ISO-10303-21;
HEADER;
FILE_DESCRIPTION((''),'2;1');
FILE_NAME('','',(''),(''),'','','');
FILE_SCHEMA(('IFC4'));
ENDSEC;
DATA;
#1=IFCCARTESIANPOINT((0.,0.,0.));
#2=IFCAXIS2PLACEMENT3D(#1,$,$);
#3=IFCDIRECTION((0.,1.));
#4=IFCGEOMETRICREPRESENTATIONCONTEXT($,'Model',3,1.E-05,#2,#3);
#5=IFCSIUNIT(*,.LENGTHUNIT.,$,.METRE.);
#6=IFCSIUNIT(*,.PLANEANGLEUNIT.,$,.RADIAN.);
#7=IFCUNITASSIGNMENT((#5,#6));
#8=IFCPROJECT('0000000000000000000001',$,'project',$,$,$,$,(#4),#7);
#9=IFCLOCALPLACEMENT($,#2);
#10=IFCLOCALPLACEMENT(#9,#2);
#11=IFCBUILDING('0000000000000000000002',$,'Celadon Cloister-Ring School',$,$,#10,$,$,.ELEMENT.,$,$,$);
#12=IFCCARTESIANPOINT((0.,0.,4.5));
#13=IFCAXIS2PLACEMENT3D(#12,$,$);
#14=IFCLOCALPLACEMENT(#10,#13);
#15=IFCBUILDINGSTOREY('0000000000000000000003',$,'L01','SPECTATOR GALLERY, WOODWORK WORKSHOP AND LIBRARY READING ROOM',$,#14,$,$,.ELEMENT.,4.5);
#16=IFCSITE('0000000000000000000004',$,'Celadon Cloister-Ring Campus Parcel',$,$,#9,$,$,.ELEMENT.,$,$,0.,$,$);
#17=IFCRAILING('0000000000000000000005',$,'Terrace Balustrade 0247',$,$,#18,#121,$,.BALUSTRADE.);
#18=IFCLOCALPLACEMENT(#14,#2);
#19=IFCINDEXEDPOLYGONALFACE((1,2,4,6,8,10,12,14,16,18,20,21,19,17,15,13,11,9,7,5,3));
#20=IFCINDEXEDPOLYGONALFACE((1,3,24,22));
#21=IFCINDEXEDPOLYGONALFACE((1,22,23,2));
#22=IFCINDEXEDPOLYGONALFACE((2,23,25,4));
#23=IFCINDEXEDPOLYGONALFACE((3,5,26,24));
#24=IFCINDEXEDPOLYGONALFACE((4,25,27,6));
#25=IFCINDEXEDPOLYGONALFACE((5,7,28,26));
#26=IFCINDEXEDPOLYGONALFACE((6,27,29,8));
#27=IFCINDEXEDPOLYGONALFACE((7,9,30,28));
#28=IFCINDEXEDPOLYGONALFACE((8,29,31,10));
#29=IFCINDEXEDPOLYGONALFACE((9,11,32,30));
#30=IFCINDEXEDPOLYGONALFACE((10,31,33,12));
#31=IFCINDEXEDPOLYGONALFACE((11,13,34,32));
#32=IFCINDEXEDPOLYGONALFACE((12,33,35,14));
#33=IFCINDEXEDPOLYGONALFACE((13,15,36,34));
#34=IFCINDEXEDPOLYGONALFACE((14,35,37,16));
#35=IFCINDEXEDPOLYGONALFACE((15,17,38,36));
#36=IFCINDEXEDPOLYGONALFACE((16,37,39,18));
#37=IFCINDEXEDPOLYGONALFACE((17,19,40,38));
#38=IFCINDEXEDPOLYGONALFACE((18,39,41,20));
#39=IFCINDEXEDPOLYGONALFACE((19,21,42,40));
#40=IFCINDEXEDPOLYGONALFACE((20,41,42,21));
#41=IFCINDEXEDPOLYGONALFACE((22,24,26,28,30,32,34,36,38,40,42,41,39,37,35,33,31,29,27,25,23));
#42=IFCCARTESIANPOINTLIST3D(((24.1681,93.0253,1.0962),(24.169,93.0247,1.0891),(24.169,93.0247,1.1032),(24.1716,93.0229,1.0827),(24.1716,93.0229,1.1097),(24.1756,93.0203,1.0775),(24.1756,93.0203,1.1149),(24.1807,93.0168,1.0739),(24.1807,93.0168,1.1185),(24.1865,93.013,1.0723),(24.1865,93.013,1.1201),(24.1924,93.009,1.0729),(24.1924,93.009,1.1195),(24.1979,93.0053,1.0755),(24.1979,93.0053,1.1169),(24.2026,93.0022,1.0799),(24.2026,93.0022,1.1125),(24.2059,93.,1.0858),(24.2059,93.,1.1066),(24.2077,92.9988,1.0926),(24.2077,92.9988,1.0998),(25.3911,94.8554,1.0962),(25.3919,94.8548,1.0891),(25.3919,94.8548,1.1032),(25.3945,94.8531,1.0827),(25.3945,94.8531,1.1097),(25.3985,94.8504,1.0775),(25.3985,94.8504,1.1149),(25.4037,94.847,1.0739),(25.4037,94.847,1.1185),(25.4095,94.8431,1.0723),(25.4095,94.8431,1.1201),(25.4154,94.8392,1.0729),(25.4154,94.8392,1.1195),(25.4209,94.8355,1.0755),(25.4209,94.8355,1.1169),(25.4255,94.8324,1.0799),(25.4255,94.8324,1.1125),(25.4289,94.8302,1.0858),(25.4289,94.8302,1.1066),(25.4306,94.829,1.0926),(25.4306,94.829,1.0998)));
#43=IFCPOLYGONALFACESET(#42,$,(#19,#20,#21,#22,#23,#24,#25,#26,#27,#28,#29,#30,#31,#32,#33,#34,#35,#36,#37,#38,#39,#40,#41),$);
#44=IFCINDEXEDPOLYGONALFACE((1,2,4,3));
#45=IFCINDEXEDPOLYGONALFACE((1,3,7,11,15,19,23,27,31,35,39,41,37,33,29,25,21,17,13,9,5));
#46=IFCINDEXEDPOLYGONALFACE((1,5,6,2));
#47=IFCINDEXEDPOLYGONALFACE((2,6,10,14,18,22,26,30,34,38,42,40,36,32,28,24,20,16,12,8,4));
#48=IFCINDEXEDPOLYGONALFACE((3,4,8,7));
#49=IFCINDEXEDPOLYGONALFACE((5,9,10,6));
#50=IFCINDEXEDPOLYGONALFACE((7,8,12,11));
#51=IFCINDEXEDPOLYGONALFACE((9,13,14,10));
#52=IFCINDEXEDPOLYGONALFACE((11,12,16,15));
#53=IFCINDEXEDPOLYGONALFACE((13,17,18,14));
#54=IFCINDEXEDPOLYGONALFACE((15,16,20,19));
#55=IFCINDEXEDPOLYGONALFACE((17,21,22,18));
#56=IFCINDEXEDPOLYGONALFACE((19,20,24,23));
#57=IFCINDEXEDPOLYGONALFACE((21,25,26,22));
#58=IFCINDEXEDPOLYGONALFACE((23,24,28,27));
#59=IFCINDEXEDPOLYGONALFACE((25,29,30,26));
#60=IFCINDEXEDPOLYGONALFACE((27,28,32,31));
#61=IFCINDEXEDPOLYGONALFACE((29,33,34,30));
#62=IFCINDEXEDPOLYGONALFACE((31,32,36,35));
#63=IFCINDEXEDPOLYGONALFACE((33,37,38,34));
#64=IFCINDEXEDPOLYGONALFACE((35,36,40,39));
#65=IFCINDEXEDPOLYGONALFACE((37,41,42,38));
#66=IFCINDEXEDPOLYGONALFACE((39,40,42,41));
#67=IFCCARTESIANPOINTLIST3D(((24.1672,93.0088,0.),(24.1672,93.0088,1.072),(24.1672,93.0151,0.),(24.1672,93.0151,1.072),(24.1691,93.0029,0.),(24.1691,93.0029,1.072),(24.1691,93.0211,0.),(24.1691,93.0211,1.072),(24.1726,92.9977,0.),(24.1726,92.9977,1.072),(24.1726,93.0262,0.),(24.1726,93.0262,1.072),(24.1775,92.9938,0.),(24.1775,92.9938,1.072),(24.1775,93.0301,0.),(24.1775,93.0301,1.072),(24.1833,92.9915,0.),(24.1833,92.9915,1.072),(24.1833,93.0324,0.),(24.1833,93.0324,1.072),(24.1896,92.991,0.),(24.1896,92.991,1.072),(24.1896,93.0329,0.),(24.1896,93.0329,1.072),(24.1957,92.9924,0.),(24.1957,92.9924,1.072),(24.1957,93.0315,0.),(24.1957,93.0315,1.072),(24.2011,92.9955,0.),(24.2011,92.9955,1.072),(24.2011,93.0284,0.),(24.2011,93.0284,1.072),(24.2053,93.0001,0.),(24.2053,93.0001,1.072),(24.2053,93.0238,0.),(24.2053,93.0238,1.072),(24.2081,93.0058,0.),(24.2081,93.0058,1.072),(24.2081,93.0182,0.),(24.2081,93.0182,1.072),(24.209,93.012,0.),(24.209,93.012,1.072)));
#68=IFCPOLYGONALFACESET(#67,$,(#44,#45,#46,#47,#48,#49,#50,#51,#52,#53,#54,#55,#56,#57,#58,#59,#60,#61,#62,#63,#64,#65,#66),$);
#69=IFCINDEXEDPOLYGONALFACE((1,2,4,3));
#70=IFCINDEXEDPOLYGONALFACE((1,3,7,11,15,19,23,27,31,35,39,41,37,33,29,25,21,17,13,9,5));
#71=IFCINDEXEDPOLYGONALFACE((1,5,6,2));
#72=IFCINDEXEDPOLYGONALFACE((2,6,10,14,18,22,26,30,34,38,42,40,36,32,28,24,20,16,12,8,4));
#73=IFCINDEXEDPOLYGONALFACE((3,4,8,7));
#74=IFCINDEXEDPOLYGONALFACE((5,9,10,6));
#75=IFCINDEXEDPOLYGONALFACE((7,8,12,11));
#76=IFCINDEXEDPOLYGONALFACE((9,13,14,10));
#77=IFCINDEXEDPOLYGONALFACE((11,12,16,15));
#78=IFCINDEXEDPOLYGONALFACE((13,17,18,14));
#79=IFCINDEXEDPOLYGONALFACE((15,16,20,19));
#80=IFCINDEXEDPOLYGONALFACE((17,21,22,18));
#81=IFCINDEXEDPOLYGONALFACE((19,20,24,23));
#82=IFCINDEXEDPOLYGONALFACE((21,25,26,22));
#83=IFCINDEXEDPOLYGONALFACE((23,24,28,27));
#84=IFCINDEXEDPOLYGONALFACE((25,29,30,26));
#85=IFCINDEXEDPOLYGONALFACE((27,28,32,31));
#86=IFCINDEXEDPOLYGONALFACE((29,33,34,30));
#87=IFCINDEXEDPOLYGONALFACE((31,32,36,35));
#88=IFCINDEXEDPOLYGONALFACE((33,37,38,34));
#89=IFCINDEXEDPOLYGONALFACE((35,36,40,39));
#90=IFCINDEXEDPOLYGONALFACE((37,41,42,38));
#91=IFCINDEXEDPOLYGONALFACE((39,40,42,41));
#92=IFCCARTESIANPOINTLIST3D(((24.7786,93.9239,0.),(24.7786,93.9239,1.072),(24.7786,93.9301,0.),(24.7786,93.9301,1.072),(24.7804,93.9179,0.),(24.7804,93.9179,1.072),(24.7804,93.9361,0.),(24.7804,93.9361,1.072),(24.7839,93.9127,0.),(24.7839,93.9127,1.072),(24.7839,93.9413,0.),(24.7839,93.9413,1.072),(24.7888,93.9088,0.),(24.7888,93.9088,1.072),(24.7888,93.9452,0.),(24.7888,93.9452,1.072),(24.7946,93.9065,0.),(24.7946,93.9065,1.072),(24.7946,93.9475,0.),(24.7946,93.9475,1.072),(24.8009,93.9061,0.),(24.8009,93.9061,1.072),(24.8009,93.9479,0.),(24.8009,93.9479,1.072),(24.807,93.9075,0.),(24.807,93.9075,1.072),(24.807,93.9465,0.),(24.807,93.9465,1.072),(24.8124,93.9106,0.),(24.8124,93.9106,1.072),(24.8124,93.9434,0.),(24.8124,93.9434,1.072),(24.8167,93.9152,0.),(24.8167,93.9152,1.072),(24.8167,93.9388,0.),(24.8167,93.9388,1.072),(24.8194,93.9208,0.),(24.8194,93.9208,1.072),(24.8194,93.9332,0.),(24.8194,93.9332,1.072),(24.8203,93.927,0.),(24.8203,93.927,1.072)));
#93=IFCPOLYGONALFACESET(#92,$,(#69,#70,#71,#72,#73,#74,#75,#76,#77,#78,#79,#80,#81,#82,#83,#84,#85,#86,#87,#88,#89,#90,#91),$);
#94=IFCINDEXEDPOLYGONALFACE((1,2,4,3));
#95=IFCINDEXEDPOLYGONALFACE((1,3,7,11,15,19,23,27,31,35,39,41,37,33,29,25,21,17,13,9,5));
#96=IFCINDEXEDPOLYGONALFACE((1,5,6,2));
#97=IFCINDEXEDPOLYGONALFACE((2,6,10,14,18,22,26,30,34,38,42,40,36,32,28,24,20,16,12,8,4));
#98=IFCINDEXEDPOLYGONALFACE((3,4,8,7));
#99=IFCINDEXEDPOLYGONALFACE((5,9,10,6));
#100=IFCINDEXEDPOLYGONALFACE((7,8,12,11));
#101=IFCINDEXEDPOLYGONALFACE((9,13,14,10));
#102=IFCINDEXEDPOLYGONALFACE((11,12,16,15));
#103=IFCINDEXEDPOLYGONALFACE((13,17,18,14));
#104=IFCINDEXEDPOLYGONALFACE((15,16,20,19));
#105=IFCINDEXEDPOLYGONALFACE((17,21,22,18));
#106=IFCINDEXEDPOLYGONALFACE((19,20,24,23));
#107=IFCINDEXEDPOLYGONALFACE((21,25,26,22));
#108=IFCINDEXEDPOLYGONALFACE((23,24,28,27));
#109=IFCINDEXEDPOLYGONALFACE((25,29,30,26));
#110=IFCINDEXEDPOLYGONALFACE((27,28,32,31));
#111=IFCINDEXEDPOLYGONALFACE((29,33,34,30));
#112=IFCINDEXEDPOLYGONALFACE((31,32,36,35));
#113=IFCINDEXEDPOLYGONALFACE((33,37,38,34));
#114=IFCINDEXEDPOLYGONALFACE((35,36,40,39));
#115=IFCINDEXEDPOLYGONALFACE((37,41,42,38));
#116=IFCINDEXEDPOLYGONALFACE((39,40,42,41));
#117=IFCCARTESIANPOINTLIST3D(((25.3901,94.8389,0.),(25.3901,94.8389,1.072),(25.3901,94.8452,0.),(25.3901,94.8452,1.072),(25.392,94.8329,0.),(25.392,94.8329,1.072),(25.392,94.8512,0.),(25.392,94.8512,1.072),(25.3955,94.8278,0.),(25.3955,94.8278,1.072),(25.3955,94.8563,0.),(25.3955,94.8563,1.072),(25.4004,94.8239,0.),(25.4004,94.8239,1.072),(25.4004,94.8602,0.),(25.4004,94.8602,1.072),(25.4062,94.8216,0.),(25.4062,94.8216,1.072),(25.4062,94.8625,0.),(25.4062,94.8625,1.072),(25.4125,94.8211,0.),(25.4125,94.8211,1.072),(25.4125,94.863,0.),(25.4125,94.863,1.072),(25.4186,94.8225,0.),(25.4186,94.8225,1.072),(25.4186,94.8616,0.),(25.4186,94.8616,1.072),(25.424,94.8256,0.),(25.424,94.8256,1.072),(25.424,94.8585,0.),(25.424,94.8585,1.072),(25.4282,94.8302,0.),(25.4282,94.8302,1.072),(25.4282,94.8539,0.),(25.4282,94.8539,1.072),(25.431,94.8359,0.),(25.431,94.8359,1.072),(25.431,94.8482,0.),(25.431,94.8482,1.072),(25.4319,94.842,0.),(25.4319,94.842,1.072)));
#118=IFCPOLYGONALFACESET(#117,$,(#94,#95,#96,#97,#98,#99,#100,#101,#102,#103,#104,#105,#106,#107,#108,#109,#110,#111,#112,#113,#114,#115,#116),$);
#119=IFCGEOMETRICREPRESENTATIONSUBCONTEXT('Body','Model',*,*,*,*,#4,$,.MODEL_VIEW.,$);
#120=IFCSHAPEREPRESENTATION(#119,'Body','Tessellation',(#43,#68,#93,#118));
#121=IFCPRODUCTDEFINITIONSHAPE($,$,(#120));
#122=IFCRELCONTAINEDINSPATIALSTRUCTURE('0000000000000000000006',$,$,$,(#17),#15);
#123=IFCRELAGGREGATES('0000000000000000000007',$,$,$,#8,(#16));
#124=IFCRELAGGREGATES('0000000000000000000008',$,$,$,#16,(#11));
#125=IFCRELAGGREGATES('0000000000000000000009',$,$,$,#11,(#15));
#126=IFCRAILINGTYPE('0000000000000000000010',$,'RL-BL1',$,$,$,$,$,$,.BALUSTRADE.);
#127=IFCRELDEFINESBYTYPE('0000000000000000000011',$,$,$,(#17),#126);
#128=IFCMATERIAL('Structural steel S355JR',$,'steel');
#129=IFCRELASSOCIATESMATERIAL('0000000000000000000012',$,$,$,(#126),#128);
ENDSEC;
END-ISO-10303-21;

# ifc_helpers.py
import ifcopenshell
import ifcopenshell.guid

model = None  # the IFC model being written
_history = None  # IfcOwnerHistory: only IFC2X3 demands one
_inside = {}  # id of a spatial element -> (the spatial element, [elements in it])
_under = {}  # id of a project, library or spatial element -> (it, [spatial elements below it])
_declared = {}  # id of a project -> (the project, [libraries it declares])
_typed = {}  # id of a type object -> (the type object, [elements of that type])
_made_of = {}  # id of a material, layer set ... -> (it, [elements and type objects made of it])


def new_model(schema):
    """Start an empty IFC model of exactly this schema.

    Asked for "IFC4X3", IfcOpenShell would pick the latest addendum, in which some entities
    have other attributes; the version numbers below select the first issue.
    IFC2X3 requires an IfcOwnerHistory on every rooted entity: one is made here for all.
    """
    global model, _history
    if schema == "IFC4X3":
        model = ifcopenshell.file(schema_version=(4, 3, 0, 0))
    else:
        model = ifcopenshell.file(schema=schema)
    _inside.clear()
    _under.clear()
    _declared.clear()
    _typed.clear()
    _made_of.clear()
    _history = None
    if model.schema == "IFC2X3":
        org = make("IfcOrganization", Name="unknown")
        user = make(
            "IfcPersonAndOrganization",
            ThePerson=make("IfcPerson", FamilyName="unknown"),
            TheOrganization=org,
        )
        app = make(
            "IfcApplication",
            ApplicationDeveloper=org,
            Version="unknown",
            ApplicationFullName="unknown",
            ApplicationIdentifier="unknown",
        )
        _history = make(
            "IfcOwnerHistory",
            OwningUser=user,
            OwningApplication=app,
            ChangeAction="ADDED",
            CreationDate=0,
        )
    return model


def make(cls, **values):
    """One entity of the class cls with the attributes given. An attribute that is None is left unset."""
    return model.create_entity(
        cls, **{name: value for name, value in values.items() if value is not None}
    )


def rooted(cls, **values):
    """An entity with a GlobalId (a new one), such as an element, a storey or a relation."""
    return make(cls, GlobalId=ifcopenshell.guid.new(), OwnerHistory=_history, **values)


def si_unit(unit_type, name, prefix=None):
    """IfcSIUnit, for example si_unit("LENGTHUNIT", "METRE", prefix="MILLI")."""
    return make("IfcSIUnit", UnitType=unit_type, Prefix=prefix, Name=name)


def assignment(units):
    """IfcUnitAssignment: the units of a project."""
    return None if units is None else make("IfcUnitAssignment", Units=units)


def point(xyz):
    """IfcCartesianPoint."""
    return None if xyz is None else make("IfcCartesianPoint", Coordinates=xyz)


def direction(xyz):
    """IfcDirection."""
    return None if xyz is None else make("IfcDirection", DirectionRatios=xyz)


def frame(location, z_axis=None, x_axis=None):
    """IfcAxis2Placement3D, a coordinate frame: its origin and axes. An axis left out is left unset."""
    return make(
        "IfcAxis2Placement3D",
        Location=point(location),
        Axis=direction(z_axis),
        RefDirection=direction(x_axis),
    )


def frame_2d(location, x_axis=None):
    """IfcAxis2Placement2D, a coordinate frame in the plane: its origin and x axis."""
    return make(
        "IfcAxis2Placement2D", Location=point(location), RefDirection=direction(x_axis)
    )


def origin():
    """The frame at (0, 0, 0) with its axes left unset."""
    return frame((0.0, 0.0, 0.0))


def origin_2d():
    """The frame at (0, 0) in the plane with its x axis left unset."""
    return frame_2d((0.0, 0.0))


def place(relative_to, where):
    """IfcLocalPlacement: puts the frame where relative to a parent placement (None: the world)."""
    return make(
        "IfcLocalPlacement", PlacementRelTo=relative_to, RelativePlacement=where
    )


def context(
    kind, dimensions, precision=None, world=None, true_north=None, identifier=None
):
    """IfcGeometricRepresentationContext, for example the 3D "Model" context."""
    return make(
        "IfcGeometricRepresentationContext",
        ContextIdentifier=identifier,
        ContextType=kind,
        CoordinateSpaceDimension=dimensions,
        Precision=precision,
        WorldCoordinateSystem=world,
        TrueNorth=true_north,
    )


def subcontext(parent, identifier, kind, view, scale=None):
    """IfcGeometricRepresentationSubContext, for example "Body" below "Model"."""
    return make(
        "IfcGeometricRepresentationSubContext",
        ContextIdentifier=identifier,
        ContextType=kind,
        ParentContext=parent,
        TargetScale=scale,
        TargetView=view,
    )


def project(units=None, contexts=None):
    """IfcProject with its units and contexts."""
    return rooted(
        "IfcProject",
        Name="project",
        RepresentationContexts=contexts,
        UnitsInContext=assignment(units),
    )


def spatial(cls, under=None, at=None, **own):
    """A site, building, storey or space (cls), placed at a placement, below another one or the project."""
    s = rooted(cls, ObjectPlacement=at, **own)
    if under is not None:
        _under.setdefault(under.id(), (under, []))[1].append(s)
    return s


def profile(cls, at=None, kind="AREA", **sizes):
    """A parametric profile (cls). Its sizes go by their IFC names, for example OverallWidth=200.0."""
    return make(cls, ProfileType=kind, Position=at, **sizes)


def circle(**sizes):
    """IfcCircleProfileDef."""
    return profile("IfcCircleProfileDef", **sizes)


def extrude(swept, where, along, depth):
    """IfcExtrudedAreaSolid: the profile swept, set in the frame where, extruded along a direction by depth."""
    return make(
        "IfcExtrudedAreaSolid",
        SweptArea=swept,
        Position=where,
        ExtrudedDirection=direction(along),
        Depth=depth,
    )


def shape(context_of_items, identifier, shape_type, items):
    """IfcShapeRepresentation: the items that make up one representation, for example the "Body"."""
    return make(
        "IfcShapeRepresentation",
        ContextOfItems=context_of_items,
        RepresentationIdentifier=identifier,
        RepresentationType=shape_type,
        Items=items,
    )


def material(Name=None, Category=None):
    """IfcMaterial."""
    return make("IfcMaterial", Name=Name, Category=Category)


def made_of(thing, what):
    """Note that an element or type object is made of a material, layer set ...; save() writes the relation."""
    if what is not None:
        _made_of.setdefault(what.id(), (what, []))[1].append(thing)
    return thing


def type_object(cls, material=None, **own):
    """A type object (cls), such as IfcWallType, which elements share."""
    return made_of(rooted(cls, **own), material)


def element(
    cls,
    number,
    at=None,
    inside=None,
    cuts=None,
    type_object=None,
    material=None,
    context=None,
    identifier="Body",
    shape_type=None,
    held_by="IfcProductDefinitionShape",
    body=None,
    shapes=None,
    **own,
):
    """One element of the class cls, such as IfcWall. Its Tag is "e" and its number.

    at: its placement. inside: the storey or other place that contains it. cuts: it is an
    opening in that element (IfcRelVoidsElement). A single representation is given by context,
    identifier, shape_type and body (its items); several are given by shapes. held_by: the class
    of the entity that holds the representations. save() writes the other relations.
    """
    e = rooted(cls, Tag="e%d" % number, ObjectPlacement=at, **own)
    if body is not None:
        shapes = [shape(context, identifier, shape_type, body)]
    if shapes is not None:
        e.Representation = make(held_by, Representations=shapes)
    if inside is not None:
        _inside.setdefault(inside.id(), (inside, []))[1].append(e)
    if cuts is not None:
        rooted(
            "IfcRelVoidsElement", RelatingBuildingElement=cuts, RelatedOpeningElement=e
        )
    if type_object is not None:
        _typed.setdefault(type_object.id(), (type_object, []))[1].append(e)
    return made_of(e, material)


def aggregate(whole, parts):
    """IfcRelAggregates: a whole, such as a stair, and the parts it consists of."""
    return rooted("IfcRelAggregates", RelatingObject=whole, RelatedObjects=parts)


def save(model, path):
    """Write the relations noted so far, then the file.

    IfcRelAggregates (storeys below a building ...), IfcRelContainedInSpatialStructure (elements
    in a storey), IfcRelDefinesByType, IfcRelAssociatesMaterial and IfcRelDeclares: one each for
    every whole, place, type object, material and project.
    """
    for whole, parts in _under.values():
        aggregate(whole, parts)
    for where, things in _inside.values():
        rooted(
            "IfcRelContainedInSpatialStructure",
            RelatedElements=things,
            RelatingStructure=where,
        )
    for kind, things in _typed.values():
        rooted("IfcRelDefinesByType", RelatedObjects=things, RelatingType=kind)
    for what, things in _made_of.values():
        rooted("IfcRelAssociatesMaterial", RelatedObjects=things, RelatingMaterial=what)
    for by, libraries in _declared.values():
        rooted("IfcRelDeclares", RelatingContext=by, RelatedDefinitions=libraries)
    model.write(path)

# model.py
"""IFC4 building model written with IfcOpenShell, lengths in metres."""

from ifc_helpers import new_model, si_unit, direction, frame, origin, origin_2d, place, context, subcontext, project, spatial, circle, extrude, material, type_object, element, save


model = new_model("IFC4")

# Units and contexts
model_context = context("Model", 3, precision=1e-05, world=origin(), true_north=direction((0.0, 1.0)))
body_context = subcontext(model_context, "Body", "Model", "MODEL_VIEW")
ifc_project = project(units=[si_unit("LENGTHUNIT", "METRE"), si_unit("PLANEANGLEUNIT", "RADIAN")], contexts=[model_context])

# Site, building, storey
site_placement = place(None, origin())
site = spatial("IfcSite", under=ifc_project, at=site_placement, Name="Celadon Cloister-Ring Campus Parcel", CompositionType="ELEMENT", RefElevation=0.0)
building_placement = place(site_placement, origin())
building = spatial("IfcBuilding", under=site, at=building_placement, Name="Celadon Cloister-Ring School", CompositionType="ELEMENT")
storey_placement = place(building_placement, frame((0.0, 0.0, 4.5)))
storey = spatial("IfcBuildingStorey", under=building, at=storey_placement, Name="L01", Description="SPECTATOR GALLERY, WOODWORK WORKSHOP AND LIBRARY READING ROOM", CompositionType="ELEMENT", Elevation=4.5)

# Railing
ifc_material_1 = material(Name="Structural steel S355JR", Category="steel")
railing_type = type_object("IfcRailingType", Name="RL-BL1", PredefinedType="BALUSTRADE", material=ifc_material_1)
railing_1_placement = place(storey_placement, frame((24.188, 93.012, 0.0)))
element("IfcRailing", 1, at=railing_1_placement, inside=storey, type_object=railing_type, Name="Terrace Balustrade 0247", PredefinedType="BALUSTRADE", context=body_context, shape_type="SweptSolid", body=[
    extrude(circle(Radius=0.0239, at=origin_2d()), frame((0.0, 0.0, 1.0962), z_axis=(0.555596, 0.831453, 0.0), x_axis=(-0.831453, 0.555596, 0.0)), (0.0, 0.0, 1.0), 2.2012),
    extrude(circle(Radius=0.021, at=origin_2d()), origin(), (0.0, 0.0, 1.0), 1.072),
    extrude(circle(Radius=0.021, at=origin_2d()), frame((0.6113, 0.915, 0.0)), (0.0, 0.0, 1.0), 1.072),
    extrude(circle(Radius=0.021, at=origin_2d()), frame((1.2229, 1.8301, 0.0)), (0.0, 0.0, 1.0), 1.072),
])

save(model, "model.ifc")
